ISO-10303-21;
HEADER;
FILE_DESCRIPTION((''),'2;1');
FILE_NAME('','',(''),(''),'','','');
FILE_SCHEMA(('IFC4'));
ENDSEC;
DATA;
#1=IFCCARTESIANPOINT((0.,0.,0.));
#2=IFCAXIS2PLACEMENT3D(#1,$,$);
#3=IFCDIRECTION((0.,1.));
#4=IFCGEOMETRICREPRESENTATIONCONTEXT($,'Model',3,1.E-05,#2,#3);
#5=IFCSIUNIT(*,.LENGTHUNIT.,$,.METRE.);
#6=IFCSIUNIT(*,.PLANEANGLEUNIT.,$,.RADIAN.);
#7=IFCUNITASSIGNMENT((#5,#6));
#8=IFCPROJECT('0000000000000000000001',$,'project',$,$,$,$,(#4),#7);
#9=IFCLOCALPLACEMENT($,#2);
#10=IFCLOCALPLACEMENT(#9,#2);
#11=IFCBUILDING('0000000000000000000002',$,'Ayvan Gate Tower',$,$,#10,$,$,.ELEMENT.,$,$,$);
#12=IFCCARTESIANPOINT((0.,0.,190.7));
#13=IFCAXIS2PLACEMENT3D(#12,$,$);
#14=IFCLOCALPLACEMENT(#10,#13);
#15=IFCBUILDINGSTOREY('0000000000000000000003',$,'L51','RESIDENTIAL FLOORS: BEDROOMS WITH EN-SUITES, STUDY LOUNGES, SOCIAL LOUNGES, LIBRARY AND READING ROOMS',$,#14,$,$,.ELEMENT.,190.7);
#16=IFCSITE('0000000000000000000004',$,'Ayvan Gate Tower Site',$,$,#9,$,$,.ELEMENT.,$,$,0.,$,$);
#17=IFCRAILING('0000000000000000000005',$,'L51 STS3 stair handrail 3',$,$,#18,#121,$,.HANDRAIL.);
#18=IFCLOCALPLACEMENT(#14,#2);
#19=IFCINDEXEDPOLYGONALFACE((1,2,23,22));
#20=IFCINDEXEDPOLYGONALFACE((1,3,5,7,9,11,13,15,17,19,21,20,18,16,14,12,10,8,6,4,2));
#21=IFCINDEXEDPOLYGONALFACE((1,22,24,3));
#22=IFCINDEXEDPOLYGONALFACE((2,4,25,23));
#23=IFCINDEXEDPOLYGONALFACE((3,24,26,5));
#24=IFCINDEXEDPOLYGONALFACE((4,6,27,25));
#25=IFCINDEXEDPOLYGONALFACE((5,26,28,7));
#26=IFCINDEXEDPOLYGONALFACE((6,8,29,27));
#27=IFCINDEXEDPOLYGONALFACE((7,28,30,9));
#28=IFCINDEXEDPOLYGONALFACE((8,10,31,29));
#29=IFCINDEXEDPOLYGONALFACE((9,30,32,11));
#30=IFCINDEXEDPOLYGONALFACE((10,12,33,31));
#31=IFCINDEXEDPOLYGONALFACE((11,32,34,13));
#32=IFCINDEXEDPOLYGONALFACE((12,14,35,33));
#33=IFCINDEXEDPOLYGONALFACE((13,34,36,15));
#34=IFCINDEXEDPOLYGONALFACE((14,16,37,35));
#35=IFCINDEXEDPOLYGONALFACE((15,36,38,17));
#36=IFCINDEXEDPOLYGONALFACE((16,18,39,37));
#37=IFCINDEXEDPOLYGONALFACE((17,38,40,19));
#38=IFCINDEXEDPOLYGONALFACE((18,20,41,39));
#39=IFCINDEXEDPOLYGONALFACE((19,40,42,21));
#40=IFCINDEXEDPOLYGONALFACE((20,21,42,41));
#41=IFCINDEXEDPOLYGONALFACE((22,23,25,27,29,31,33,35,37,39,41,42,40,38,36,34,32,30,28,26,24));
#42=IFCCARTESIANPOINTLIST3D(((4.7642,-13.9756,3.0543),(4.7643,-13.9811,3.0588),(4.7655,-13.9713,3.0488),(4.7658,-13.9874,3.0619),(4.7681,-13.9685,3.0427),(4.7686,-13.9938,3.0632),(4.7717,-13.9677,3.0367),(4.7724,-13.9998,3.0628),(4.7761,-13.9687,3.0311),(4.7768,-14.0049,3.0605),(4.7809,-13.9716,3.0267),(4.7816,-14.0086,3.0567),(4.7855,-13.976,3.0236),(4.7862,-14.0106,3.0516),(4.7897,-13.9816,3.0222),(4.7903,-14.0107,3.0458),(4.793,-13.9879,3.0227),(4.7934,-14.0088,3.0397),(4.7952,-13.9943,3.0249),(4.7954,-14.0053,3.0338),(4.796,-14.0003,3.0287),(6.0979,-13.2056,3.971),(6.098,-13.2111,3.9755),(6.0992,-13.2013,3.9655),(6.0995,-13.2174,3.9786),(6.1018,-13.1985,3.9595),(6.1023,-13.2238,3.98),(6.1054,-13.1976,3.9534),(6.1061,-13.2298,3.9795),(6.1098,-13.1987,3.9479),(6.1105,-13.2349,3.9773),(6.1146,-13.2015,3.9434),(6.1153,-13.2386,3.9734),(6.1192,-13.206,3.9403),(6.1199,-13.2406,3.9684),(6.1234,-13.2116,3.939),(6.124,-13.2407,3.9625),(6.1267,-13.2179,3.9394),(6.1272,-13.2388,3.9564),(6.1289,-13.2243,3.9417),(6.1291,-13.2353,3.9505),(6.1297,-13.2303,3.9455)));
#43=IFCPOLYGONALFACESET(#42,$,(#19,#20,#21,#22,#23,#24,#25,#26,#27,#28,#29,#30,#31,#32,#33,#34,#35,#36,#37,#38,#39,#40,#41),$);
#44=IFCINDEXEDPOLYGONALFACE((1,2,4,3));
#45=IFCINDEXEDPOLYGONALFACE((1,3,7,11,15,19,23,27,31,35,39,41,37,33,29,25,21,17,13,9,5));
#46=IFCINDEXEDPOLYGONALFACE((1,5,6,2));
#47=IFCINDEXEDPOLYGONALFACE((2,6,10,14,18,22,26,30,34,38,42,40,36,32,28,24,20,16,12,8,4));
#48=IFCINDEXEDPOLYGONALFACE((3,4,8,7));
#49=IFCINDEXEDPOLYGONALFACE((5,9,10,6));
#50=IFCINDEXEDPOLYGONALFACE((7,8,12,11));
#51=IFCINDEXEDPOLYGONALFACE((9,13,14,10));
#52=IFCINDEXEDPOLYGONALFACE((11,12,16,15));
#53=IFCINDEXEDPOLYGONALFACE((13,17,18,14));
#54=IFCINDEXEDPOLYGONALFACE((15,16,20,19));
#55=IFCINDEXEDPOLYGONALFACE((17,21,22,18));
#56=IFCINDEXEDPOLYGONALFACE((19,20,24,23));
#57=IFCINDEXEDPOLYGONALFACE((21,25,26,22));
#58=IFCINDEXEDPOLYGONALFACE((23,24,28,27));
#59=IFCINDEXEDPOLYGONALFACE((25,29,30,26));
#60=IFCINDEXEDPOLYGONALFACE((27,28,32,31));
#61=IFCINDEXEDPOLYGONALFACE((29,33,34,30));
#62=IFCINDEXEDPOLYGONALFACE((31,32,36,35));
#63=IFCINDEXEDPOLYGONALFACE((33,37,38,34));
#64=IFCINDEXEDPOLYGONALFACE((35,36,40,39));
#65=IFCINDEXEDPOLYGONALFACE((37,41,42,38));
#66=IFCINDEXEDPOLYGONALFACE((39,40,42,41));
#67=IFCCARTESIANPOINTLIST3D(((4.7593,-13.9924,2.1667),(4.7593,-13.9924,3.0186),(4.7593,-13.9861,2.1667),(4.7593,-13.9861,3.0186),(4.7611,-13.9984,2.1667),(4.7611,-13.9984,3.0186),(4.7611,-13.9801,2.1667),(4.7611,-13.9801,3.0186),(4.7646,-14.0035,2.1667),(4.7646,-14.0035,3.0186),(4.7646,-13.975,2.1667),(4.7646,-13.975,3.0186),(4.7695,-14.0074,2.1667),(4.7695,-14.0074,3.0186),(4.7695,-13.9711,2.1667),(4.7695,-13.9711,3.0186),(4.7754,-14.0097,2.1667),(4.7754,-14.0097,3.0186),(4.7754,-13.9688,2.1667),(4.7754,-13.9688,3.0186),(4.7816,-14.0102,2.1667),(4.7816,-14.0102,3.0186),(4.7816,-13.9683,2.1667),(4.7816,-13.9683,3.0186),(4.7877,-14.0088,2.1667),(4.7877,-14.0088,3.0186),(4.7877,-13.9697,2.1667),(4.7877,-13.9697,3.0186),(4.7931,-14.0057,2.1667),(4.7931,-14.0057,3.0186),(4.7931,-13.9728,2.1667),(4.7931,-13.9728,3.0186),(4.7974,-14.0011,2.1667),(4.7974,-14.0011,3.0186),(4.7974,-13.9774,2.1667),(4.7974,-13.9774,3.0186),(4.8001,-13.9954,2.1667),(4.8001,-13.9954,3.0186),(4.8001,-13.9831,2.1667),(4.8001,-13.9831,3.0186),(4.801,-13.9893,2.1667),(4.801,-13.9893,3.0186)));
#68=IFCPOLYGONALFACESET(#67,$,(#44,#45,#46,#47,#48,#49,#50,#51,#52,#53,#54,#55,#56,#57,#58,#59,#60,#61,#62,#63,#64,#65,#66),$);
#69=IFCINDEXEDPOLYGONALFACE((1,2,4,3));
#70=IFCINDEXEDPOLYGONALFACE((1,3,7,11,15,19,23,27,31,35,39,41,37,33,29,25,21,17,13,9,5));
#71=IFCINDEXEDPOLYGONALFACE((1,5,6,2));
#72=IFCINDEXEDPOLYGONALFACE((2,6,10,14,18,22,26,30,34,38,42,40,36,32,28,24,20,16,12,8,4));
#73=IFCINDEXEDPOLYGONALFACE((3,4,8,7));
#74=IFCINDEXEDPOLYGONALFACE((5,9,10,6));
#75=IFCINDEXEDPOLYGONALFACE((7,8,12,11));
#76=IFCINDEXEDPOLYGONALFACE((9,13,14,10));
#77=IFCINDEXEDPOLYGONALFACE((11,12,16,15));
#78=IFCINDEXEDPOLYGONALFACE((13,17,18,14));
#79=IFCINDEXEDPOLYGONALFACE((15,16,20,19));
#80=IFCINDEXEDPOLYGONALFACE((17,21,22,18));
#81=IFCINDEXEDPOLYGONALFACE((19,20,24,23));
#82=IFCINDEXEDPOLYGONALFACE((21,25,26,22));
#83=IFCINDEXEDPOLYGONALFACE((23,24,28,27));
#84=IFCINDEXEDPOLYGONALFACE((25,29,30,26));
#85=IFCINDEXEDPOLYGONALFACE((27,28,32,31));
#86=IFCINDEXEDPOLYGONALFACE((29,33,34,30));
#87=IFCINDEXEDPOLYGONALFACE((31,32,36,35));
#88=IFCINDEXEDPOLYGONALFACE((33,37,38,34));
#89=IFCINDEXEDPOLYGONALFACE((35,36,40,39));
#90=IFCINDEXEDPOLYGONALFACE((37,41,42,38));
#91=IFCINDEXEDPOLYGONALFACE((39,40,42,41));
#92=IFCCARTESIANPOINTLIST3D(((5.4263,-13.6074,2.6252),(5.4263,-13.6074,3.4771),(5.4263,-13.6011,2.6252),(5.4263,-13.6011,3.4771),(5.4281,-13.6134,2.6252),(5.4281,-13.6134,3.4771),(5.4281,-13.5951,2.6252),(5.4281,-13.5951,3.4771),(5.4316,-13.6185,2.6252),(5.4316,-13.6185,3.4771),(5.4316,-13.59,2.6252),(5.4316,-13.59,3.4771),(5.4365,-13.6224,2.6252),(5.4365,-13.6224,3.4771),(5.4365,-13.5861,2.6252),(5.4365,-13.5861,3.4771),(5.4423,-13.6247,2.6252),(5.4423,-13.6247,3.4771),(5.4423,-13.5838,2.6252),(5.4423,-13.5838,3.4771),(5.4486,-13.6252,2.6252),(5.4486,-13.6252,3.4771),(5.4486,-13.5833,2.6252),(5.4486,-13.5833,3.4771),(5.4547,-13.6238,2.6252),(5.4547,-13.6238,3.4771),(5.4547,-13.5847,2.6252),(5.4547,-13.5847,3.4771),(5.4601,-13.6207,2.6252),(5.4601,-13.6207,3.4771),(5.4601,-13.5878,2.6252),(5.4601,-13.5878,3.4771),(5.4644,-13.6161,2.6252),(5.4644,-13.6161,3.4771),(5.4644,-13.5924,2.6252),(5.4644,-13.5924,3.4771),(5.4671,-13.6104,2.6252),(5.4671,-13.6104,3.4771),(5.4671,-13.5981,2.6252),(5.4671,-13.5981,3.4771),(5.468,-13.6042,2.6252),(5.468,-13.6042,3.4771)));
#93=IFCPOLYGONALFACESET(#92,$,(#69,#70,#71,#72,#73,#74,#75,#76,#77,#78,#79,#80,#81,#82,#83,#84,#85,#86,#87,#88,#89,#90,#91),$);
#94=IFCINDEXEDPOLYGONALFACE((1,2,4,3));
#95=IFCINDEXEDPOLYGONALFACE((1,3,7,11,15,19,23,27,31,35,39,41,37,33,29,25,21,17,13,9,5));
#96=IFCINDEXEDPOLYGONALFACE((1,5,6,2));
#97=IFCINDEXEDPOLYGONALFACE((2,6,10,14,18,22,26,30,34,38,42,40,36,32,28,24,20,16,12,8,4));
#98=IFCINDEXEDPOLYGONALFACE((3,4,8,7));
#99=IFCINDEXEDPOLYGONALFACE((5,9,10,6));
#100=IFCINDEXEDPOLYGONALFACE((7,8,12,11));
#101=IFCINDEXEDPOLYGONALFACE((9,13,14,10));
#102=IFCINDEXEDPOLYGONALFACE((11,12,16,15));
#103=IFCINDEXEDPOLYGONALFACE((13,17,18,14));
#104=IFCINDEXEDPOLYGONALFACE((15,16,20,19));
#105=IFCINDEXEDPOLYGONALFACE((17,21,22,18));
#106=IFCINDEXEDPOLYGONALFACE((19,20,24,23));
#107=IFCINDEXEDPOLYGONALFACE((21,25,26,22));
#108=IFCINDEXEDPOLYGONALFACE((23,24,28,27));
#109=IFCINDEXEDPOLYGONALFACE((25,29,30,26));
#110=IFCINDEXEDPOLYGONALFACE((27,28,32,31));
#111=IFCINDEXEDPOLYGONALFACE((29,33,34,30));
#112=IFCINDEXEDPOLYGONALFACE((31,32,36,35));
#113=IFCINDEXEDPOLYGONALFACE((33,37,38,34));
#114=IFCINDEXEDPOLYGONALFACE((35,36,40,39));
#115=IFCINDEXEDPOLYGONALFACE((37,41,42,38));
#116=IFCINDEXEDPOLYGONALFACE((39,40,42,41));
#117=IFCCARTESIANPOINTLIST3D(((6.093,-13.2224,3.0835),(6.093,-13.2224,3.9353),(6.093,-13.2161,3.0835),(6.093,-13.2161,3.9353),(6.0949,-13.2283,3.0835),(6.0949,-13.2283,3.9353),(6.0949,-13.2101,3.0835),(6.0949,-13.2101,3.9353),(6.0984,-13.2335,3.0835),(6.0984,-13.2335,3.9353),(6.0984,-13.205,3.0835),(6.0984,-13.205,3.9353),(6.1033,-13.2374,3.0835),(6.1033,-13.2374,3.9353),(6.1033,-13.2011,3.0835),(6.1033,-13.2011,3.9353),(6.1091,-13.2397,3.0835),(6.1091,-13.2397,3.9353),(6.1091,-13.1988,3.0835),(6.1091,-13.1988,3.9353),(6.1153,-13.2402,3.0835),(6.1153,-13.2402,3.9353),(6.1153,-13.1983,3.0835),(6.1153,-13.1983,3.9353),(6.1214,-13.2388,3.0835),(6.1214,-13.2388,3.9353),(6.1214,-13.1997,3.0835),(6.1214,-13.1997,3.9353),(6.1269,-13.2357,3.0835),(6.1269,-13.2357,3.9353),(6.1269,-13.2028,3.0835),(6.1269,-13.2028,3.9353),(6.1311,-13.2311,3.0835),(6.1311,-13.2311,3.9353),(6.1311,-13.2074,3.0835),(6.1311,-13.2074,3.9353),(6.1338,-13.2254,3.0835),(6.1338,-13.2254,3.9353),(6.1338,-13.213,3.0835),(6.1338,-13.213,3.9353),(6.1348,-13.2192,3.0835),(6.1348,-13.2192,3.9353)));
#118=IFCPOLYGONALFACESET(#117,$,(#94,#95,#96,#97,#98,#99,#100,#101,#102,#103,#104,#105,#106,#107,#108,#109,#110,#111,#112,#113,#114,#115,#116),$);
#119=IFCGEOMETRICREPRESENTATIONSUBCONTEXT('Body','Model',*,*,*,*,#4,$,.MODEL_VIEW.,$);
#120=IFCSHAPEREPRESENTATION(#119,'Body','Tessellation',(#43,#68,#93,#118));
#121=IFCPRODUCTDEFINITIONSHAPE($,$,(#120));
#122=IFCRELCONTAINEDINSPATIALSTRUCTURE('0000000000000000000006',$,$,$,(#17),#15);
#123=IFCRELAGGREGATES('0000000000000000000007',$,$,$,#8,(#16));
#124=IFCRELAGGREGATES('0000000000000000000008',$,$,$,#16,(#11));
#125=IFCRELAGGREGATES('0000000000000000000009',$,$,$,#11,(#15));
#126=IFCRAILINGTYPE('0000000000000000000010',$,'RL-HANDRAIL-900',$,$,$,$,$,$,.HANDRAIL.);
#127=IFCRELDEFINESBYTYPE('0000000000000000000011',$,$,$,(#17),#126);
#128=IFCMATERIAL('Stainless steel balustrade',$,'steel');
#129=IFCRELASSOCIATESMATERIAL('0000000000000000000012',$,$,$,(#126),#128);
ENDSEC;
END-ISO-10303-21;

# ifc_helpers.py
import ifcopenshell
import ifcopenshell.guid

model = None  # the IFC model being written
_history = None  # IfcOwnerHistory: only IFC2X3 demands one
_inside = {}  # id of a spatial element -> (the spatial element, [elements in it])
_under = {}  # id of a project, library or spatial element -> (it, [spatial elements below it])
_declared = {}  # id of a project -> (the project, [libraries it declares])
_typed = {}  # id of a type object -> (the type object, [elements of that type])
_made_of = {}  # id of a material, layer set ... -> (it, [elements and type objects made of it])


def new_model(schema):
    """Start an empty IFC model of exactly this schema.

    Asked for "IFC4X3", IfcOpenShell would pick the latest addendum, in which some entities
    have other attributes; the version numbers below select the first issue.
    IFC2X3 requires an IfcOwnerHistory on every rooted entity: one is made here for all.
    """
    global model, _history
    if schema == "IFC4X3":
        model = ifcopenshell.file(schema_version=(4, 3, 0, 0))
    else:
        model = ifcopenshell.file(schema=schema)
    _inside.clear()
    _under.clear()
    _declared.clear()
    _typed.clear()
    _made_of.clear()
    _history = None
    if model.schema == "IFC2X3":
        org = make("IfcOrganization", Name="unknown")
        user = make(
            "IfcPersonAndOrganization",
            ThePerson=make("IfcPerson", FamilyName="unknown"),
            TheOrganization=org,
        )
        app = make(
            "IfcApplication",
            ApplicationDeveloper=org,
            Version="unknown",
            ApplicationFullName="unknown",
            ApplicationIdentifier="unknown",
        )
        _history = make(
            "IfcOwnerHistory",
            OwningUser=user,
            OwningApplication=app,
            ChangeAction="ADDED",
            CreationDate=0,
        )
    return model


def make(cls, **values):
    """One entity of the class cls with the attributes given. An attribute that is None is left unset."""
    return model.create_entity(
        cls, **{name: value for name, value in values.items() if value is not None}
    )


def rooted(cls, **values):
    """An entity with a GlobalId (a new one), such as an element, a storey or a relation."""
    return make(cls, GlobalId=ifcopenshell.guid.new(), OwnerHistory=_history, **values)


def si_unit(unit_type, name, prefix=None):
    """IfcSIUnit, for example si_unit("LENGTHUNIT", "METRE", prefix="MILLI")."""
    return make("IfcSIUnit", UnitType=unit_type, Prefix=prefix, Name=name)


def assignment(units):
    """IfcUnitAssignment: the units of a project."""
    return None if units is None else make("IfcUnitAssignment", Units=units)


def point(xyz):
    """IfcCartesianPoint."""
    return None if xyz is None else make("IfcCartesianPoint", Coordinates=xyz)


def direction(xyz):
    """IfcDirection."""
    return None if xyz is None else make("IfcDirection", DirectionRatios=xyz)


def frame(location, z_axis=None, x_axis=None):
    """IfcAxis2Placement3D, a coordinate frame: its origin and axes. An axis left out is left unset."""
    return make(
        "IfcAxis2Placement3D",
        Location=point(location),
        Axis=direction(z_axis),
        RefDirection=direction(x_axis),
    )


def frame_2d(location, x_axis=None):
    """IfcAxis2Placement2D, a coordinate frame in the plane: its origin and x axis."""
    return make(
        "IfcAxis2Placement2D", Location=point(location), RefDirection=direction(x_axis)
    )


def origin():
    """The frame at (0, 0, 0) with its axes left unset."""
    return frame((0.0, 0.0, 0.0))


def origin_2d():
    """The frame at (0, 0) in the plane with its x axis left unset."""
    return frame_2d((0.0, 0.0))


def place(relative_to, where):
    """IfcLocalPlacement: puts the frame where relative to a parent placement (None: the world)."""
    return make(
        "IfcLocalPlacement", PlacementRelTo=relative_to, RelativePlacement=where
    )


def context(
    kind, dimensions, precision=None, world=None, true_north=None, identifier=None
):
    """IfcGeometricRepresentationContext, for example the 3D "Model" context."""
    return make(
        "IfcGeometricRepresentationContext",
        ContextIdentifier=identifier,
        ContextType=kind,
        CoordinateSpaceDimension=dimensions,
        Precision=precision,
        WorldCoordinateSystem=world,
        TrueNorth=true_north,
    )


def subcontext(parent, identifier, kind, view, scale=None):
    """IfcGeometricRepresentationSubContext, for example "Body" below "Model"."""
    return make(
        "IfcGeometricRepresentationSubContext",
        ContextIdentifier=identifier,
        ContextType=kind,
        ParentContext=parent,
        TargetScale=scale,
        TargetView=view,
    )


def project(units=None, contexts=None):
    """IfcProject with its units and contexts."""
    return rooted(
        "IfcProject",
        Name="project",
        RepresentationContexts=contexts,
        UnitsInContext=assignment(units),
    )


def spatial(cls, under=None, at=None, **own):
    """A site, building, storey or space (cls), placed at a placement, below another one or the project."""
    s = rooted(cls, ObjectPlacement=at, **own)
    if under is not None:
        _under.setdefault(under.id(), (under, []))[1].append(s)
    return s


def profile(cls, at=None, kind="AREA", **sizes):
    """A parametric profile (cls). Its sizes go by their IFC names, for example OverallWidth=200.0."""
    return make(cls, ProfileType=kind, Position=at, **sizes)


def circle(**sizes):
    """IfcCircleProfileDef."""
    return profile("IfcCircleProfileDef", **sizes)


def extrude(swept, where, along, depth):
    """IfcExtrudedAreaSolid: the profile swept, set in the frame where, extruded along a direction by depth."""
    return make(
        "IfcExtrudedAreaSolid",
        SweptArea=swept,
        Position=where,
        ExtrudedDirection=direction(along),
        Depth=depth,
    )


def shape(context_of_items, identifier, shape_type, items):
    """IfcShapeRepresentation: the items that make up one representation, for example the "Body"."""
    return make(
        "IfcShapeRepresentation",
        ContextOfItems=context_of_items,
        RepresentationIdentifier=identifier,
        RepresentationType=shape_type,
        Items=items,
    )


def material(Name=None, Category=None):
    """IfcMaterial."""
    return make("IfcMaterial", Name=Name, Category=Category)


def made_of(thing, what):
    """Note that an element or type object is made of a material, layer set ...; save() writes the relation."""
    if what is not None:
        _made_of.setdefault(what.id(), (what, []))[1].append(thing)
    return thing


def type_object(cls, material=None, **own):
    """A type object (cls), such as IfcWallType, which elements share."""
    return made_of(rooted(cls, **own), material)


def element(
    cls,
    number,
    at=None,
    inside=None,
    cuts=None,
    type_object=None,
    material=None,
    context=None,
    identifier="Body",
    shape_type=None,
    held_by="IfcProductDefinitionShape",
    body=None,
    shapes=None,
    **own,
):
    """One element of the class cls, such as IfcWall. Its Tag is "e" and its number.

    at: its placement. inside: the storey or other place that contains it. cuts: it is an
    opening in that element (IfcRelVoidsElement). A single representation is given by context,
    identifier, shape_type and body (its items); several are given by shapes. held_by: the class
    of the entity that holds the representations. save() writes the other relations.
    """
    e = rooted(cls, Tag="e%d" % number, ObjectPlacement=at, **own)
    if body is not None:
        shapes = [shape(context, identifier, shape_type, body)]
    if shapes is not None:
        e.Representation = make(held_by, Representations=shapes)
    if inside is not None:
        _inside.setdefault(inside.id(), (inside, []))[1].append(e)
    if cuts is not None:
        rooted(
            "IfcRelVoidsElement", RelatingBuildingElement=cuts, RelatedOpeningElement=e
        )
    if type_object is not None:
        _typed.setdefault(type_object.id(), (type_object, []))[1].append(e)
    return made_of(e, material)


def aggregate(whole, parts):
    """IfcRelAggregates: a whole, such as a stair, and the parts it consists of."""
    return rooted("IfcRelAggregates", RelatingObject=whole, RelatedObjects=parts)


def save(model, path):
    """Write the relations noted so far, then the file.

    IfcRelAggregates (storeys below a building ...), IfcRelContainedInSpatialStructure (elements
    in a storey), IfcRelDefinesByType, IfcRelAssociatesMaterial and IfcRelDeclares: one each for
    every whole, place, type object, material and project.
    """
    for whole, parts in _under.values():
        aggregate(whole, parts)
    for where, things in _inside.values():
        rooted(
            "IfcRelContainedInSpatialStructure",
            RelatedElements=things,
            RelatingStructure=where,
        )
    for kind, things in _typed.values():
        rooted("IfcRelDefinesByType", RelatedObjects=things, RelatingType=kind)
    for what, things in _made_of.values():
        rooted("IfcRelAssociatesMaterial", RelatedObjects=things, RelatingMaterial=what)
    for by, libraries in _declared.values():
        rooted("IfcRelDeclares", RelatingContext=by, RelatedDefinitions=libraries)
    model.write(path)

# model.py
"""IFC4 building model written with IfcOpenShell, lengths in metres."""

from ifc_helpers import new_model, si_unit, direction, frame, origin, origin_2d, place, context, subcontext, project, spatial, circle, extrude, material, type_object, element, save


model = new_model("IFC4")

# Units and contexts
model_context = context("Model", 3, precision=1e-05, world=origin(), true_north=direction((0.0, 1.0)))
body_context = subcontext(model_context, "Body", "Model", "MODEL_VIEW")
ifc_project = project(units=[si_unit("LENGTHUNIT", "METRE"), si_unit("PLANEANGLEUNIT", "RADIAN")], contexts=[model_context])

# Site, building, storey
site_placement = place(None, origin())
site = spatial("IfcSite", under=ifc_project, at=site_placement, Name="Ayvan Gate Tower Site", CompositionType="ELEMENT", RefElevation=0.0)
building_placement = place(site_placement, origin())
building = spatial("IfcBuilding", under=site, at=building_placement, Name="Ayvan Gate Tower", CompositionType="ELEMENT")
storey_placement = place(building_placement, frame((0.0, 0.0, 190.7)))
storey = spatial("IfcBuildingStorey", under=building, at=storey_placement, Name="L51", Description="RESIDENTIAL FLOORS: BEDROOMS WITH EN-SUITES, STUDY LOUNGES, SOCIAL LOUNGES, LIBRARY AND READING ROOMS", CompositionType="ELEMENT", Elevation=190.7)

# Railing
ifc_material_1 = material(Name="Stainless steel balustrade", Category="steel")
railing_type_1 = type_object("IfcRailingType", Name="RL-HANDRAIL-900", PredefinedType="HANDRAIL", material=ifc_material_1)
railing_1_placement = place(storey_placement, frame((4.78, -13.9893, 2.1667)))
element("IfcRailing", 1, at=railing_1_placement, inside=storey, type_object=railing_type_1, Name="L51 STS3 stair handrail 3", PredefinedType="HANDRAIL", context=body_context, shape_type="SweptSolid", body=[
    extrude(circle(Radius=0.0239, at=origin_2d()), frame((0.0, 0.0, 0.876), z_axis=(0.744164, 0.429634, 0.511502), x_axis=(-0.499992, 0.86603, 0.0)), (0.0, 0.0, 1.0), 1.7922),
    extrude(circle(Radius=0.021, at=origin_2d()), origin(), (0.0, 0.0, 1.0), 0.8518),
    extrude(circle(Radius=0.021, at=origin_2d()), frame((0.667, 0.385, 0.4585)), (0.0, 0.0, 1.0), 0.8518),
    extrude(circle(Radius=0.021, at=origin_2d()), frame((1.3337, 0.77, 0.9167)), (0.0, 0.0, 1.0), 0.8518),
])

save(model, "model.ifc")
